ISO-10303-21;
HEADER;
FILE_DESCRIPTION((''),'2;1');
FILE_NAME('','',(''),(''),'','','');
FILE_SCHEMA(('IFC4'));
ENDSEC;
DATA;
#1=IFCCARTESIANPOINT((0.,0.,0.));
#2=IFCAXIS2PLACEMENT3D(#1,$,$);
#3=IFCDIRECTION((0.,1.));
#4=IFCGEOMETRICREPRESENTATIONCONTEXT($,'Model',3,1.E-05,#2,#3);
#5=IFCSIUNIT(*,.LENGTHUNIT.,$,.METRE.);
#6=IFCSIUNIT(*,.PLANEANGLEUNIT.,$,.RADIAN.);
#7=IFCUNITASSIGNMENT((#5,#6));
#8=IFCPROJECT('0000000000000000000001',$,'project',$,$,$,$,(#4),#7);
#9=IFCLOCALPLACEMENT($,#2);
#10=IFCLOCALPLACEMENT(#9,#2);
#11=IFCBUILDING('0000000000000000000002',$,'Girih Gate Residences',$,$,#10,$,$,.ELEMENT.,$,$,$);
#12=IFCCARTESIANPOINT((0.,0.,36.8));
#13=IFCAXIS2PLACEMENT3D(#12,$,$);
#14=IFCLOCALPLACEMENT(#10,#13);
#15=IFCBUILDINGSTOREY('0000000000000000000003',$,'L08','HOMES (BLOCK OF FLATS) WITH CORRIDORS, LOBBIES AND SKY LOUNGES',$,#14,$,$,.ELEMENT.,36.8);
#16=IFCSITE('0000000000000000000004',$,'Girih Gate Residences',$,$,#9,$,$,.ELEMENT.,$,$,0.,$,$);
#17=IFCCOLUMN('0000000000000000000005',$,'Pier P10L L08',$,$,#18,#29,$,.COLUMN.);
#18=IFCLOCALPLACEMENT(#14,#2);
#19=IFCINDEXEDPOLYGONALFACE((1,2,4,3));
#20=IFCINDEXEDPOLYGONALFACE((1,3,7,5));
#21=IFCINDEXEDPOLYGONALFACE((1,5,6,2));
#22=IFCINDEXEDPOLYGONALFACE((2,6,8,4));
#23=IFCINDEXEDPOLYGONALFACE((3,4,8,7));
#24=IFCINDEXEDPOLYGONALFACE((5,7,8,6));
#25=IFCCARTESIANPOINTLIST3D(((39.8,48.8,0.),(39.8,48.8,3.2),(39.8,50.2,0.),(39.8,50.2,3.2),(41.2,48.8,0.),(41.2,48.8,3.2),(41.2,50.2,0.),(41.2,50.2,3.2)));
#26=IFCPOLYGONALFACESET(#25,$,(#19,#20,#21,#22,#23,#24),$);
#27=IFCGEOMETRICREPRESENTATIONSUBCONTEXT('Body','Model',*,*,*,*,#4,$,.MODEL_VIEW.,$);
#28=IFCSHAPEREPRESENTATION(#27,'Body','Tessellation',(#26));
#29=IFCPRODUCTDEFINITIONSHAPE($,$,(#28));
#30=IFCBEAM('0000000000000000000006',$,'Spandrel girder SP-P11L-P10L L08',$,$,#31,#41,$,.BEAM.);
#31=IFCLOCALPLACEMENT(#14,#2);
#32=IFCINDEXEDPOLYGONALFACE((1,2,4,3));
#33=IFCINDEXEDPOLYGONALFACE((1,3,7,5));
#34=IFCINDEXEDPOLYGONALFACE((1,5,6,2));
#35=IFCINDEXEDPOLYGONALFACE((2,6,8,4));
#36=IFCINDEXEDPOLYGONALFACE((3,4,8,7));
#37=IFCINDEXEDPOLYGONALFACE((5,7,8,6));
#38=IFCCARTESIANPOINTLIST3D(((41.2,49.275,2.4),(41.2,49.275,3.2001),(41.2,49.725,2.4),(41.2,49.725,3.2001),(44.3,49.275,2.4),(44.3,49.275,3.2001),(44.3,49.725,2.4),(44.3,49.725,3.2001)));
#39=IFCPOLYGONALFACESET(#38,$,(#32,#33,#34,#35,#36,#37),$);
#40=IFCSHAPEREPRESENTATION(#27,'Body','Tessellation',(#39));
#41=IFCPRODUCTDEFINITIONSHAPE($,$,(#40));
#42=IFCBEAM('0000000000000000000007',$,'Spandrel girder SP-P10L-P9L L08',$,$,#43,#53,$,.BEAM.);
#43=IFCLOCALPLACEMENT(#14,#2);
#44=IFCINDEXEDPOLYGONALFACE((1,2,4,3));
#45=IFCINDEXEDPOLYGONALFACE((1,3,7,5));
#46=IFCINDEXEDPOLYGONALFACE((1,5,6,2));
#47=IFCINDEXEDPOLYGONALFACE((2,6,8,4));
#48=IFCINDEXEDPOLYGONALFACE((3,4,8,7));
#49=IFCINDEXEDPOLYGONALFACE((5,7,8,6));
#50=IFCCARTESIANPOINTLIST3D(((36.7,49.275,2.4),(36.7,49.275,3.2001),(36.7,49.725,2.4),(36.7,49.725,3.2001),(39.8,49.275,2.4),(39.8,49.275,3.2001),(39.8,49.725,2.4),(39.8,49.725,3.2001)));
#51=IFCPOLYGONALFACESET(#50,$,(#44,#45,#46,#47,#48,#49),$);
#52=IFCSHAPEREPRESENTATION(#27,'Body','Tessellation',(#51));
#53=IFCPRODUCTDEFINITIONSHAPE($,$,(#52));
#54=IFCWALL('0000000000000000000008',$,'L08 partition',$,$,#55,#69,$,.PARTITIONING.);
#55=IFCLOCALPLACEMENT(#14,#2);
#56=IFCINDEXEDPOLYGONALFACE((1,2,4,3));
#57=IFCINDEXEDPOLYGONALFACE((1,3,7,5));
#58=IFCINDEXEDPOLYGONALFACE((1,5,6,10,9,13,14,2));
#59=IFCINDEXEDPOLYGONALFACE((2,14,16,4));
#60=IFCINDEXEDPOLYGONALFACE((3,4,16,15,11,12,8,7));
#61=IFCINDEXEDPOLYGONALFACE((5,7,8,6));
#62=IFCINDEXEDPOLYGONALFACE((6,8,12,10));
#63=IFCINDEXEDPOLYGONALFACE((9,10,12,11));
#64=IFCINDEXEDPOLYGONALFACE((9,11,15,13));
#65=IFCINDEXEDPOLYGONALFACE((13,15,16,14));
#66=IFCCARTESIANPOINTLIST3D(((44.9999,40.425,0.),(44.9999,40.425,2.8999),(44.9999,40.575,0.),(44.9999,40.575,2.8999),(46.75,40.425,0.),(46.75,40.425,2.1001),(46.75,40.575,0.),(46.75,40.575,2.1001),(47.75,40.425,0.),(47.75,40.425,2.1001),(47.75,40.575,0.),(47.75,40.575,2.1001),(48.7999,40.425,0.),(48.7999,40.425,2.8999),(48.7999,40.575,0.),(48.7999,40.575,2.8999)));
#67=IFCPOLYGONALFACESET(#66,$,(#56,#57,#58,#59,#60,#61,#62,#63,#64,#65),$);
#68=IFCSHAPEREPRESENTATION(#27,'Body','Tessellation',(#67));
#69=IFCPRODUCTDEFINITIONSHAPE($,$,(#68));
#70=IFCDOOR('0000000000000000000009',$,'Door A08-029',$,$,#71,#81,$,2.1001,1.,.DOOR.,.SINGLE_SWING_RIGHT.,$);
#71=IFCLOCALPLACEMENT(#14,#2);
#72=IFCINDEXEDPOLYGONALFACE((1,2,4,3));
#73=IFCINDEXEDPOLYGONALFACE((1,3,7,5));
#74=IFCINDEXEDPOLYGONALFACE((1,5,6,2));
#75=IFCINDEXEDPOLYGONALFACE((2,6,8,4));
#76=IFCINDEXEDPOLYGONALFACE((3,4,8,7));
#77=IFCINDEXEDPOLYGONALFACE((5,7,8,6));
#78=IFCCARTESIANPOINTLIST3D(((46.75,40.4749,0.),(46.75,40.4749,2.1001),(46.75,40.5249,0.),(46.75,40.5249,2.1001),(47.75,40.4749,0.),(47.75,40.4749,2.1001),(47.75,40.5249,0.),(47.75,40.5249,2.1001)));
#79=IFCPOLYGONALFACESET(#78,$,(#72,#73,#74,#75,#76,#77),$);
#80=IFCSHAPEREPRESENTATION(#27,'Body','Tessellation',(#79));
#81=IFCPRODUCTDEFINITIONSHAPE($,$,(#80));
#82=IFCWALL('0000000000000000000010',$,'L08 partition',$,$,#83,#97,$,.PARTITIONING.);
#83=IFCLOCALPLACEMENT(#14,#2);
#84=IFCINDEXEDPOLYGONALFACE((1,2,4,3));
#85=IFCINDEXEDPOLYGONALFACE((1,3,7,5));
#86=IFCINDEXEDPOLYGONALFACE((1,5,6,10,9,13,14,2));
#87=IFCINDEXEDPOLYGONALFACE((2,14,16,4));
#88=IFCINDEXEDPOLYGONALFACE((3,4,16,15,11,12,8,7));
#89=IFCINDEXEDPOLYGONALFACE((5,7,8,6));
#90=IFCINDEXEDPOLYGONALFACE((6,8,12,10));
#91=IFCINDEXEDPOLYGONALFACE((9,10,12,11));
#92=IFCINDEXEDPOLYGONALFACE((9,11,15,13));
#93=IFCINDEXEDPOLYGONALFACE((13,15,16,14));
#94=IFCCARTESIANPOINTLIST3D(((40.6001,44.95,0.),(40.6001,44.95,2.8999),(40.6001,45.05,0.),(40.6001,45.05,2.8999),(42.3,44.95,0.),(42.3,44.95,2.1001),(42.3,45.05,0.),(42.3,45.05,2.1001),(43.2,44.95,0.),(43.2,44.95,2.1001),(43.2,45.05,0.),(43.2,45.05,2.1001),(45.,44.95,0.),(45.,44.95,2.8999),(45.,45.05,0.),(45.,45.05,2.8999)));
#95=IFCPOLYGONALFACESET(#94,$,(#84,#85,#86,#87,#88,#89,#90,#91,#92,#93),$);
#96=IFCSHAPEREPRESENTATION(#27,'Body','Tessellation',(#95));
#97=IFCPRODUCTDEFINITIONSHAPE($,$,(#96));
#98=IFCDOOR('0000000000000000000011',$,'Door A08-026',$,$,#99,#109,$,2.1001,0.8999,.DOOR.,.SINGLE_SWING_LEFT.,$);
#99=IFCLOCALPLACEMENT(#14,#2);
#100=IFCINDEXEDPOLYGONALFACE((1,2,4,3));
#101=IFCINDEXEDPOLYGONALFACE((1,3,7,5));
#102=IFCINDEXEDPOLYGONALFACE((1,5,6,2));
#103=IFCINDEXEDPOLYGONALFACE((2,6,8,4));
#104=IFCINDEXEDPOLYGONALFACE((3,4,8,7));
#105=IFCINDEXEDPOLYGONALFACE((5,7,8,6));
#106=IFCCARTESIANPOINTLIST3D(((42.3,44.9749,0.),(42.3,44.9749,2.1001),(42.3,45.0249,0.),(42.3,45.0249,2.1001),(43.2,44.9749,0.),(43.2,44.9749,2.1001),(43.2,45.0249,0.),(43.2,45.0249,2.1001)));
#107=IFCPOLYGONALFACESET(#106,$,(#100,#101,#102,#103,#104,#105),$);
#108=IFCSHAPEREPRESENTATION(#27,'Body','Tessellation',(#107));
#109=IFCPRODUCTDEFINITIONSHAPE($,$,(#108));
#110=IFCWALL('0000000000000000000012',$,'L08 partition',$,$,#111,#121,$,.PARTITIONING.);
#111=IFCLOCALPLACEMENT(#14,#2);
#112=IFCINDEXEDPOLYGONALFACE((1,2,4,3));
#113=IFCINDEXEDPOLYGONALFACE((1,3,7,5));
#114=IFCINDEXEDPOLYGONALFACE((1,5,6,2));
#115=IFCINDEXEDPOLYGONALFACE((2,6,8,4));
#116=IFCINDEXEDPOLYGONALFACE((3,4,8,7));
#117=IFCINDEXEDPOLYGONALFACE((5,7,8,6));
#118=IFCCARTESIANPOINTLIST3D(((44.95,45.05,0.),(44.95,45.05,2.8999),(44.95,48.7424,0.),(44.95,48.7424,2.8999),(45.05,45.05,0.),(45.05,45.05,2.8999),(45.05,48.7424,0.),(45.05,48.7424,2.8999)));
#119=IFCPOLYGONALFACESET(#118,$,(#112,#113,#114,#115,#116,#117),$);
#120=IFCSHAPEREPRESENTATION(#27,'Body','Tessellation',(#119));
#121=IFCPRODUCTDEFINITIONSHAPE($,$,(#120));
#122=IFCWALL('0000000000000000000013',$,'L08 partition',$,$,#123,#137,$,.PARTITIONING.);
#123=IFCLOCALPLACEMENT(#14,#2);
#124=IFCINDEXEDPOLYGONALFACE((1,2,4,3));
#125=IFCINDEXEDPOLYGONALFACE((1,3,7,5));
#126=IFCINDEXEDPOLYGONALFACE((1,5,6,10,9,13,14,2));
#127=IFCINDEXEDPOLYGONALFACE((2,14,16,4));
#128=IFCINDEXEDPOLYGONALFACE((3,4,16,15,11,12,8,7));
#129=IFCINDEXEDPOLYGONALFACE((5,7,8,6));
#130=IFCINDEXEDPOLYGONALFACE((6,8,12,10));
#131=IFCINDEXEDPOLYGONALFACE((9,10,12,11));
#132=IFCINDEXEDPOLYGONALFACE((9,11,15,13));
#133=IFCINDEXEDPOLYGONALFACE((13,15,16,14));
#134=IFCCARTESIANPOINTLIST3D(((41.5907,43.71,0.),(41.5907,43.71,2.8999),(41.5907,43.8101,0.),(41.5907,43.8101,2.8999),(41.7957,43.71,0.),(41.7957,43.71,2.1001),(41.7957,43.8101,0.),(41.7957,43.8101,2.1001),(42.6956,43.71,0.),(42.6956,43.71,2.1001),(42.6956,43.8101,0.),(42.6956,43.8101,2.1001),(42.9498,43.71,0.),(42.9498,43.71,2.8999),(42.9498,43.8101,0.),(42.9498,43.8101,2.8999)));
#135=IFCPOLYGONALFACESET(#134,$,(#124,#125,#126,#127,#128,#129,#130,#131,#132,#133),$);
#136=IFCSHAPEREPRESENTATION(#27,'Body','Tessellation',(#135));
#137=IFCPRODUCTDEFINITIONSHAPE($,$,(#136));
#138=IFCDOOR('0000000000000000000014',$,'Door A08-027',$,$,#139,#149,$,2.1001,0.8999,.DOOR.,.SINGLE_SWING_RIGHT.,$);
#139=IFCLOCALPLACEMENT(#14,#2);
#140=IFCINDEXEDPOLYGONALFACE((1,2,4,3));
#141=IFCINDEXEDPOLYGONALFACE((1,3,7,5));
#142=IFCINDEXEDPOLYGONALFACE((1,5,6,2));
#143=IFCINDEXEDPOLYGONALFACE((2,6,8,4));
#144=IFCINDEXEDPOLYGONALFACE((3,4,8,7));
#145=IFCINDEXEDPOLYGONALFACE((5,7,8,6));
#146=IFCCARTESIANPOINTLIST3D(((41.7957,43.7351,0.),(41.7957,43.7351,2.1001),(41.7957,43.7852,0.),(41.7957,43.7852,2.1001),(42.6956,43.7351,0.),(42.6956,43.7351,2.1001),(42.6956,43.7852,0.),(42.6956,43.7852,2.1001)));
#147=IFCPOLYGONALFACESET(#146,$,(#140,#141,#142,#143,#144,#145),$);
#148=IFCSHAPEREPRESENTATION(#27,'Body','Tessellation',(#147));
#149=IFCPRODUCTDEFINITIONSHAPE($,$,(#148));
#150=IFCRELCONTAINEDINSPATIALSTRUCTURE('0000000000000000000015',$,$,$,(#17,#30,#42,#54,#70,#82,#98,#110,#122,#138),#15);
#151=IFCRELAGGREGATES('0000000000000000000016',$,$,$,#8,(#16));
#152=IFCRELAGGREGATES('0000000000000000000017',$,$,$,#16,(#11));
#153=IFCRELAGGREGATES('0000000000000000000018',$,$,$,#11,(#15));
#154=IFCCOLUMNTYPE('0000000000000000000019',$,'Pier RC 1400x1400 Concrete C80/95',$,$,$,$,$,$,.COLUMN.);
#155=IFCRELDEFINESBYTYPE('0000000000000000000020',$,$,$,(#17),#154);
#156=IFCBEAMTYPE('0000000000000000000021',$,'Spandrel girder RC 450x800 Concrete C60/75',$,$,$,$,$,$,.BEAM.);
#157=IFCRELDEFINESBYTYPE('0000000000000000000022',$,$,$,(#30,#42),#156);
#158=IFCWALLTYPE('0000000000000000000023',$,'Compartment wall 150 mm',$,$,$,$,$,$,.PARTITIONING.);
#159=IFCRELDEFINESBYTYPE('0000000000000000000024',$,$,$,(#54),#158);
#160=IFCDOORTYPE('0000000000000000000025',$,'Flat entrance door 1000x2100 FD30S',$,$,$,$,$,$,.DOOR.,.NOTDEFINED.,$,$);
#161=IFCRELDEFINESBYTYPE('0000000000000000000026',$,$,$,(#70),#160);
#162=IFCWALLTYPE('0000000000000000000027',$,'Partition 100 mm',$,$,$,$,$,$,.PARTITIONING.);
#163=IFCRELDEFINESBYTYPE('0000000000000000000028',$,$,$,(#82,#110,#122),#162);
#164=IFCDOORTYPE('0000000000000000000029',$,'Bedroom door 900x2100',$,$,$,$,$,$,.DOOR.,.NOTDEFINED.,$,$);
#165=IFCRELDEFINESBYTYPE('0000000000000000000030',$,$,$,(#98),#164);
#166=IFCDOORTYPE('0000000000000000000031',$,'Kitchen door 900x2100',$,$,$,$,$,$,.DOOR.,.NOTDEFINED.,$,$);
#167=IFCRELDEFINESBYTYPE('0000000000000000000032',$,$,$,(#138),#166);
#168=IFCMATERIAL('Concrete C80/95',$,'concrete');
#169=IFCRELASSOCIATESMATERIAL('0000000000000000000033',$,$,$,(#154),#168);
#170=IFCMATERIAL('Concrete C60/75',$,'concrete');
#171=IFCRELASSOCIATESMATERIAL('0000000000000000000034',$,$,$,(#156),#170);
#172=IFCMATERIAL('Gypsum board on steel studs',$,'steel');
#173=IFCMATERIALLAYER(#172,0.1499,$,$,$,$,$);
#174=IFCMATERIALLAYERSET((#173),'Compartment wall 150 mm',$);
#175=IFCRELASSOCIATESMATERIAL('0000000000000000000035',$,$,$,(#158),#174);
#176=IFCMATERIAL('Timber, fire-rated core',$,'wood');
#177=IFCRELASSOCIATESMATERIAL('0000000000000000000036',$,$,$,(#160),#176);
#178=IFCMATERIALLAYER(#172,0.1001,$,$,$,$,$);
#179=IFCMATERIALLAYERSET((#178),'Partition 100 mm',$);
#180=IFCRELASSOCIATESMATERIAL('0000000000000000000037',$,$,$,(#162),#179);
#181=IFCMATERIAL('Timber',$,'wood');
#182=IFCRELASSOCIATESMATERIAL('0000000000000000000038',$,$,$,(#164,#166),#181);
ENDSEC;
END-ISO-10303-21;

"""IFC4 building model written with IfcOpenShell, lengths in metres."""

from ifc_helpers import new_model, si_unit, direction, frame, frame_2d, origin, origin_2d, place, context, subcontext, project, spatial, rectangle, extrude, material, layer, layer_set, material_profile, profile_set, type_object, element, fill, save


model = new_model("IFC4")

# Units and contexts
model_context = context("Model", 3, precision=1e-05, world=origin(), true_north=direction((0.0, 1.0)))
body_context = subcontext(model_context, "Body", "Model", "MODEL_VIEW")
ifc_project = project(units=[si_unit("LENGTHUNIT", "METRE"), si_unit("PLANEANGLEUNIT", "RADIAN")], contexts=[model_context])

# Site, building, storey
site_placement = place(None, origin())
site = spatial("IfcSite", under=ifc_project, at=site_placement, Name="Girih Gate Residences", CompositionType="ELEMENT", RefElevation=0.0)
building_placement = place(site_placement, origin())
building = spatial("IfcBuilding", under=site, at=building_placement, Name="Girih Gate Residences", CompositionType="ELEMENT")
storey_placement = place(building_placement, frame((0.0, 0.0, 36.8)))
storey = spatial("IfcBuildingStorey", under=building, at=storey_placement, Name="L08", Description="HOMES (BLOCK OF FLATS) WITH CORRIDORS, LOBBIES AND SKY LOUNGES", CompositionType="ELEMENT", Elevation=36.8)

# Column
ifc_material_1 = material(Name="Concrete C80/95", Category="concrete")
ifc_material_profile_1 = material_profile(ifc_material_1, rectangle(XDim=1.3999, YDim=1.3999, at=origin_2d()))
ifc_profile_set_1 = profile_set([ifc_material_profile_1], Name="Concrete C80/95")
column_type = type_object("IfcColumnType", Name="Pier RC 1400x1400 Concrete C80/95", PredefinedType="COLUMN", material=ifc_profile_set_1)
column_placement = place(storey_placement, frame((40.5, 49.5, 0.0), z_axis=(0.0, 0.0, 1.0), x_axis=(1.0, 0.0, 0.0)))
element("IfcColumn", 1, at=column_placement, inside=storey, type_object=column_type, Name="Pier P10L L08", PredefinedType="COLUMN", context=body_context, shape_type="SweptSolid", body=[
    extrude(rectangle(XDim=1.3999, YDim=1.3999, at=origin_2d()), origin(), (0.0, 0.0, 1.0), 3.2),
])

# Beams
ifc_material_2 = material(Name="Concrete C60/75", Category="concrete")
ifc_material_profile_2 = material_profile(ifc_material_2, rectangle(XDim=0.45, YDim=0.8, at=origin_2d()))
ifc_profile_set_2 = profile_set([ifc_material_profile_2], Name="Concrete C60/75")
beam_type = type_object("IfcBeamType", Name="Spandrel girder RC 450x800 Concrete C60/75", PredefinedType="BEAM", material=ifc_profile_set_2)
for number, where, z_axis, x_axis, name in (
    (2, (44.3, 49.5, 2.8), (-1.0, 0.0, 0.0), (0.0, -1.0, 0.0), "Spandrel girder SP-P11L-P10L L08"),
    (3, (39.8, 49.5, 2.8), (-1.0, 0.0, 0.0), (0.0, -1.0, 0.0), "Spandrel girder SP-P10L-P9L L08"),
):
    element("IfcBeam", number, at=place(storey_placement, frame(where, z_axis=z_axis, x_axis=x_axis)), inside=storey, type_object=beam_type, Name=name, PredefinedType="BEAM", context=body_context, shape_type="SweptSolid", body=[
        extrude(rectangle(XDim=0.45, YDim=0.8, at=origin_2d()), origin(), (0.0, 0.0, 1.0), 3.1001),
    ])

# Walls, openings, doors
ifc_material_3 = material(Name="Gypsum board on steel studs", Category="steel")
ifc_layer_1 = layer(ifc_material_3, 0.1499)
ifc_layer_set_1 = layer_set([ifc_layer_1], Name="Compartment wall 150 mm")
wall_type_1 = type_object("IfcWallType", Name="Compartment wall 150 mm", PredefinedType="PARTITIONING", material=ifc_layer_set_1)
wall_1_placement = place(storey_placement, frame((45.0, 40.5, 0.0), z_axis=(0.0, 0.0, 1.0), x_axis=(1.0, 0.0, 0.0)))
wall_1 = element("IfcWall", 4, at=wall_1_placement, inside=storey, type_object=wall_type_1, Name="L08 partition", PredefinedType="PARTITIONING", context=body_context, shape_type="SweptSolid", body=[
    extrude(rectangle(XDim=3.8, YDim=0.1499, at=frame_2d((1.8999, 0.0))), origin(), (0.0, 0.0, 1.0), 2.8999),
])
opening_1_placement = place(wall_1_placement, frame((1.75, 0.0, 0.0)))
opening_1 = element("IfcOpeningElement", 5, at=opening_1_placement, cuts=wall_1, PredefinedType="OPENING", context=body_context, shape_type="SweptSolid", body=[
    extrude(rectangle(XDim=1.0, YDim=2.1001, at=frame_2d((0.5, 1.05))), frame((0.0, 0.085, 0.0), z_axis=(0.0, -1.0, 0.0), x_axis=(1.0, 0.0, 0.0)), (0.0, 0.0, 1.0), 0.1699),
])
ifc_material_4 = material(Name="Timber, fire-rated core", Category="wood")
door_type_1 = type_object("IfcDoorType", Name="Flat entrance door 1000x2100 FD30S", OperationType="NOTDEFINED", PredefinedType="DOOR", material=ifc_material_4)
door_1_placement = place(opening_1_placement, origin())
door_1 = element("IfcDoor", 6, at=door_1_placement, inside=storey, type_object=door_type_1, Name="Door A08-029", OperationType="SINGLE_SWING_RIGHT", OverallHeight=2.1001, OverallWidth=1.0, PredefinedType="DOOR", context=body_context, shape_type="SweptSolid", body=[
    extrude(rectangle(XDim=1.0, YDim=2.1001, at=frame_2d((0.5, 1.05))), frame((0.0, 0.0249, 0.0), z_axis=(0.0, -1.0, 0.0), x_axis=(1.0, 0.0, 0.0)), (0.0, 0.0, 1.0), 0.05),
])
fill(opening_1, door_1)
ifc_layer_2 = layer(ifc_material_3, 0.1001)
ifc_layer_set_2 = layer_set([ifc_layer_2], Name="Partition 100 mm")
wall_type_2 = type_object("IfcWallType", Name="Partition 100 mm", PredefinedType="PARTITIONING", material=ifc_layer_set_2)
wall_2_placement = place(storey_placement, frame((40.6001, 45.0, 0.0), z_axis=(0.0, 0.0, 1.0), x_axis=(1.0, 0.0, 0.0)))
wall_2 = element("IfcWall", 7, at=wall_2_placement, inside=storey, type_object=wall_type_2, Name="L08 partition", PredefinedType="PARTITIONING", context=body_context, shape_type="SweptSolid", body=[
    extrude(rectangle(XDim=4.3999, YDim=0.1001, at=frame_2d((2.2, 0.0))), origin(), (0.0, 0.0, 1.0), 2.8999),
])
opening_2_placement = place(wall_2_placement, frame((1.7, 0.0, 0.0)))
opening_2 = element("IfcOpeningElement", 8, at=opening_2_placement, cuts=wall_2, PredefinedType="OPENING", context=body_context, shape_type="SweptSolid", body=[
    extrude(rectangle(XDim=0.8999, YDim=2.1001, at=frame_2d((0.45, 1.05))), frame((0.0, 0.0601, 0.0), z_axis=(0.0, -1.0, 0.0), x_axis=(1.0, 0.0, 0.0)), (0.0, 0.0, 1.0), 0.1201),
])
ifc_material_5 = material(Name="Timber", Category="wood")
door_type_2 = type_object("IfcDoorType", Name="Bedroom door 900x2100", OperationType="NOTDEFINED", PredefinedType="DOOR", material=ifc_material_5)
door_2_placement = place(opening_2_placement, origin())
door_2 = element("IfcDoor", 9, at=door_2_placement, inside=storey, type_object=door_type_2, Name="Door A08-026", OperationType="SINGLE_SWING_LEFT", OverallHeight=2.1001, OverallWidth=0.8999, PredefinedType="DOOR", context=body_context, shape_type="SweptSolid", body=[
    extrude(rectangle(XDim=0.8999, YDim=2.1001, at=frame_2d((0.45, 1.05))), frame((0.0, 0.0249, 0.0), z_axis=(0.0, -1.0, 0.0), x_axis=(1.0, 0.0, 0.0)), (0.0, 0.0, 1.0), 0.05),
])
fill(opening_2, door_2)

# Wall
wall_3_placement = place(storey_placement, frame((45.0, 45.05, 0.0), z_axis=(0.0, 0.0, 1.0), x_axis=(0.0, 1.0, 0.0)))
element("IfcWall", 10, at=wall_3_placement, inside=storey, type_object=wall_type_2, Name="L08 partition", PredefinedType="PARTITIONING", context=body_context, shape_type="SweptSolid", body=[
    extrude(rectangle(XDim=3.6924, YDim=0.1001, at=frame_2d((1.8462, 0.0))), origin(), (0.0, 0.0, 1.0), 2.8999),
])

# Wall, opening, door
wall_4_placement = place(storey_placement, frame((42.95, 43.76, 0.0), z_axis=(0.0, 0.0, 1.0), x_axis=(-1.0, 0.0, 0.0)))
wall_4 = element("IfcWall", 11, at=wall_4_placement, inside=storey, type_object=wall_type_2, Name="L08 partition", PredefinedType="PARTITIONING", context=body_context, shape_type="SweptSolid", body=[
    extrude(rectangle(XDim=1.3591, YDim=0.1001, at=frame_2d((0.6797, 0.0))), origin(), (0.0, 0.0, 1.0), 2.8999),
])
opening_3_placement = place(wall_4_placement, frame((0.2544, 0.0, 0.0)))
opening_3 = element("IfcOpeningElement", 12, at=opening_3_placement, cuts=wall_4, PredefinedType="OPENING", context=body_context, shape_type="SweptSolid", body=[
    extrude(rectangle(XDim=0.8999, YDim=2.1001, at=frame_2d((0.45, 1.05))), frame((0.0, 0.0601, 0.0), z_axis=(0.0, -1.0, 0.0), x_axis=(1.0, 0.0, 0.0)), (0.0, 0.0, 1.0), 0.1201),
])
door_type_3 = type_object("IfcDoorType", Name="Kitchen door 900x2100", OperationType="NOTDEFINED", PredefinedType="DOOR", material=ifc_material_5)
door_3_placement = place(opening_3_placement, origin())
door_3 = element("IfcDoor", 13, at=door_3_placement, inside=storey, type_object=door_type_3, Name="Door A08-027", OperationType="SINGLE_SWING_RIGHT", OverallHeight=2.1001, OverallWidth=0.8999, PredefinedType="DOOR", context=body_context, shape_type="SweptSolid", body=[
    extrude(rectangle(XDim=0.8999, YDim=2.1001, at=frame_2d((0.45, 1.05))), frame((0.0, 0.0249, 0.0), z_axis=(0.0, -1.0, 0.0), x_axis=(1.0, 0.0, 0.0)), (0.0, 0.0, 1.0), 0.05),
])
fill(opening_3, door_3)

save(model, "model.ifc")
